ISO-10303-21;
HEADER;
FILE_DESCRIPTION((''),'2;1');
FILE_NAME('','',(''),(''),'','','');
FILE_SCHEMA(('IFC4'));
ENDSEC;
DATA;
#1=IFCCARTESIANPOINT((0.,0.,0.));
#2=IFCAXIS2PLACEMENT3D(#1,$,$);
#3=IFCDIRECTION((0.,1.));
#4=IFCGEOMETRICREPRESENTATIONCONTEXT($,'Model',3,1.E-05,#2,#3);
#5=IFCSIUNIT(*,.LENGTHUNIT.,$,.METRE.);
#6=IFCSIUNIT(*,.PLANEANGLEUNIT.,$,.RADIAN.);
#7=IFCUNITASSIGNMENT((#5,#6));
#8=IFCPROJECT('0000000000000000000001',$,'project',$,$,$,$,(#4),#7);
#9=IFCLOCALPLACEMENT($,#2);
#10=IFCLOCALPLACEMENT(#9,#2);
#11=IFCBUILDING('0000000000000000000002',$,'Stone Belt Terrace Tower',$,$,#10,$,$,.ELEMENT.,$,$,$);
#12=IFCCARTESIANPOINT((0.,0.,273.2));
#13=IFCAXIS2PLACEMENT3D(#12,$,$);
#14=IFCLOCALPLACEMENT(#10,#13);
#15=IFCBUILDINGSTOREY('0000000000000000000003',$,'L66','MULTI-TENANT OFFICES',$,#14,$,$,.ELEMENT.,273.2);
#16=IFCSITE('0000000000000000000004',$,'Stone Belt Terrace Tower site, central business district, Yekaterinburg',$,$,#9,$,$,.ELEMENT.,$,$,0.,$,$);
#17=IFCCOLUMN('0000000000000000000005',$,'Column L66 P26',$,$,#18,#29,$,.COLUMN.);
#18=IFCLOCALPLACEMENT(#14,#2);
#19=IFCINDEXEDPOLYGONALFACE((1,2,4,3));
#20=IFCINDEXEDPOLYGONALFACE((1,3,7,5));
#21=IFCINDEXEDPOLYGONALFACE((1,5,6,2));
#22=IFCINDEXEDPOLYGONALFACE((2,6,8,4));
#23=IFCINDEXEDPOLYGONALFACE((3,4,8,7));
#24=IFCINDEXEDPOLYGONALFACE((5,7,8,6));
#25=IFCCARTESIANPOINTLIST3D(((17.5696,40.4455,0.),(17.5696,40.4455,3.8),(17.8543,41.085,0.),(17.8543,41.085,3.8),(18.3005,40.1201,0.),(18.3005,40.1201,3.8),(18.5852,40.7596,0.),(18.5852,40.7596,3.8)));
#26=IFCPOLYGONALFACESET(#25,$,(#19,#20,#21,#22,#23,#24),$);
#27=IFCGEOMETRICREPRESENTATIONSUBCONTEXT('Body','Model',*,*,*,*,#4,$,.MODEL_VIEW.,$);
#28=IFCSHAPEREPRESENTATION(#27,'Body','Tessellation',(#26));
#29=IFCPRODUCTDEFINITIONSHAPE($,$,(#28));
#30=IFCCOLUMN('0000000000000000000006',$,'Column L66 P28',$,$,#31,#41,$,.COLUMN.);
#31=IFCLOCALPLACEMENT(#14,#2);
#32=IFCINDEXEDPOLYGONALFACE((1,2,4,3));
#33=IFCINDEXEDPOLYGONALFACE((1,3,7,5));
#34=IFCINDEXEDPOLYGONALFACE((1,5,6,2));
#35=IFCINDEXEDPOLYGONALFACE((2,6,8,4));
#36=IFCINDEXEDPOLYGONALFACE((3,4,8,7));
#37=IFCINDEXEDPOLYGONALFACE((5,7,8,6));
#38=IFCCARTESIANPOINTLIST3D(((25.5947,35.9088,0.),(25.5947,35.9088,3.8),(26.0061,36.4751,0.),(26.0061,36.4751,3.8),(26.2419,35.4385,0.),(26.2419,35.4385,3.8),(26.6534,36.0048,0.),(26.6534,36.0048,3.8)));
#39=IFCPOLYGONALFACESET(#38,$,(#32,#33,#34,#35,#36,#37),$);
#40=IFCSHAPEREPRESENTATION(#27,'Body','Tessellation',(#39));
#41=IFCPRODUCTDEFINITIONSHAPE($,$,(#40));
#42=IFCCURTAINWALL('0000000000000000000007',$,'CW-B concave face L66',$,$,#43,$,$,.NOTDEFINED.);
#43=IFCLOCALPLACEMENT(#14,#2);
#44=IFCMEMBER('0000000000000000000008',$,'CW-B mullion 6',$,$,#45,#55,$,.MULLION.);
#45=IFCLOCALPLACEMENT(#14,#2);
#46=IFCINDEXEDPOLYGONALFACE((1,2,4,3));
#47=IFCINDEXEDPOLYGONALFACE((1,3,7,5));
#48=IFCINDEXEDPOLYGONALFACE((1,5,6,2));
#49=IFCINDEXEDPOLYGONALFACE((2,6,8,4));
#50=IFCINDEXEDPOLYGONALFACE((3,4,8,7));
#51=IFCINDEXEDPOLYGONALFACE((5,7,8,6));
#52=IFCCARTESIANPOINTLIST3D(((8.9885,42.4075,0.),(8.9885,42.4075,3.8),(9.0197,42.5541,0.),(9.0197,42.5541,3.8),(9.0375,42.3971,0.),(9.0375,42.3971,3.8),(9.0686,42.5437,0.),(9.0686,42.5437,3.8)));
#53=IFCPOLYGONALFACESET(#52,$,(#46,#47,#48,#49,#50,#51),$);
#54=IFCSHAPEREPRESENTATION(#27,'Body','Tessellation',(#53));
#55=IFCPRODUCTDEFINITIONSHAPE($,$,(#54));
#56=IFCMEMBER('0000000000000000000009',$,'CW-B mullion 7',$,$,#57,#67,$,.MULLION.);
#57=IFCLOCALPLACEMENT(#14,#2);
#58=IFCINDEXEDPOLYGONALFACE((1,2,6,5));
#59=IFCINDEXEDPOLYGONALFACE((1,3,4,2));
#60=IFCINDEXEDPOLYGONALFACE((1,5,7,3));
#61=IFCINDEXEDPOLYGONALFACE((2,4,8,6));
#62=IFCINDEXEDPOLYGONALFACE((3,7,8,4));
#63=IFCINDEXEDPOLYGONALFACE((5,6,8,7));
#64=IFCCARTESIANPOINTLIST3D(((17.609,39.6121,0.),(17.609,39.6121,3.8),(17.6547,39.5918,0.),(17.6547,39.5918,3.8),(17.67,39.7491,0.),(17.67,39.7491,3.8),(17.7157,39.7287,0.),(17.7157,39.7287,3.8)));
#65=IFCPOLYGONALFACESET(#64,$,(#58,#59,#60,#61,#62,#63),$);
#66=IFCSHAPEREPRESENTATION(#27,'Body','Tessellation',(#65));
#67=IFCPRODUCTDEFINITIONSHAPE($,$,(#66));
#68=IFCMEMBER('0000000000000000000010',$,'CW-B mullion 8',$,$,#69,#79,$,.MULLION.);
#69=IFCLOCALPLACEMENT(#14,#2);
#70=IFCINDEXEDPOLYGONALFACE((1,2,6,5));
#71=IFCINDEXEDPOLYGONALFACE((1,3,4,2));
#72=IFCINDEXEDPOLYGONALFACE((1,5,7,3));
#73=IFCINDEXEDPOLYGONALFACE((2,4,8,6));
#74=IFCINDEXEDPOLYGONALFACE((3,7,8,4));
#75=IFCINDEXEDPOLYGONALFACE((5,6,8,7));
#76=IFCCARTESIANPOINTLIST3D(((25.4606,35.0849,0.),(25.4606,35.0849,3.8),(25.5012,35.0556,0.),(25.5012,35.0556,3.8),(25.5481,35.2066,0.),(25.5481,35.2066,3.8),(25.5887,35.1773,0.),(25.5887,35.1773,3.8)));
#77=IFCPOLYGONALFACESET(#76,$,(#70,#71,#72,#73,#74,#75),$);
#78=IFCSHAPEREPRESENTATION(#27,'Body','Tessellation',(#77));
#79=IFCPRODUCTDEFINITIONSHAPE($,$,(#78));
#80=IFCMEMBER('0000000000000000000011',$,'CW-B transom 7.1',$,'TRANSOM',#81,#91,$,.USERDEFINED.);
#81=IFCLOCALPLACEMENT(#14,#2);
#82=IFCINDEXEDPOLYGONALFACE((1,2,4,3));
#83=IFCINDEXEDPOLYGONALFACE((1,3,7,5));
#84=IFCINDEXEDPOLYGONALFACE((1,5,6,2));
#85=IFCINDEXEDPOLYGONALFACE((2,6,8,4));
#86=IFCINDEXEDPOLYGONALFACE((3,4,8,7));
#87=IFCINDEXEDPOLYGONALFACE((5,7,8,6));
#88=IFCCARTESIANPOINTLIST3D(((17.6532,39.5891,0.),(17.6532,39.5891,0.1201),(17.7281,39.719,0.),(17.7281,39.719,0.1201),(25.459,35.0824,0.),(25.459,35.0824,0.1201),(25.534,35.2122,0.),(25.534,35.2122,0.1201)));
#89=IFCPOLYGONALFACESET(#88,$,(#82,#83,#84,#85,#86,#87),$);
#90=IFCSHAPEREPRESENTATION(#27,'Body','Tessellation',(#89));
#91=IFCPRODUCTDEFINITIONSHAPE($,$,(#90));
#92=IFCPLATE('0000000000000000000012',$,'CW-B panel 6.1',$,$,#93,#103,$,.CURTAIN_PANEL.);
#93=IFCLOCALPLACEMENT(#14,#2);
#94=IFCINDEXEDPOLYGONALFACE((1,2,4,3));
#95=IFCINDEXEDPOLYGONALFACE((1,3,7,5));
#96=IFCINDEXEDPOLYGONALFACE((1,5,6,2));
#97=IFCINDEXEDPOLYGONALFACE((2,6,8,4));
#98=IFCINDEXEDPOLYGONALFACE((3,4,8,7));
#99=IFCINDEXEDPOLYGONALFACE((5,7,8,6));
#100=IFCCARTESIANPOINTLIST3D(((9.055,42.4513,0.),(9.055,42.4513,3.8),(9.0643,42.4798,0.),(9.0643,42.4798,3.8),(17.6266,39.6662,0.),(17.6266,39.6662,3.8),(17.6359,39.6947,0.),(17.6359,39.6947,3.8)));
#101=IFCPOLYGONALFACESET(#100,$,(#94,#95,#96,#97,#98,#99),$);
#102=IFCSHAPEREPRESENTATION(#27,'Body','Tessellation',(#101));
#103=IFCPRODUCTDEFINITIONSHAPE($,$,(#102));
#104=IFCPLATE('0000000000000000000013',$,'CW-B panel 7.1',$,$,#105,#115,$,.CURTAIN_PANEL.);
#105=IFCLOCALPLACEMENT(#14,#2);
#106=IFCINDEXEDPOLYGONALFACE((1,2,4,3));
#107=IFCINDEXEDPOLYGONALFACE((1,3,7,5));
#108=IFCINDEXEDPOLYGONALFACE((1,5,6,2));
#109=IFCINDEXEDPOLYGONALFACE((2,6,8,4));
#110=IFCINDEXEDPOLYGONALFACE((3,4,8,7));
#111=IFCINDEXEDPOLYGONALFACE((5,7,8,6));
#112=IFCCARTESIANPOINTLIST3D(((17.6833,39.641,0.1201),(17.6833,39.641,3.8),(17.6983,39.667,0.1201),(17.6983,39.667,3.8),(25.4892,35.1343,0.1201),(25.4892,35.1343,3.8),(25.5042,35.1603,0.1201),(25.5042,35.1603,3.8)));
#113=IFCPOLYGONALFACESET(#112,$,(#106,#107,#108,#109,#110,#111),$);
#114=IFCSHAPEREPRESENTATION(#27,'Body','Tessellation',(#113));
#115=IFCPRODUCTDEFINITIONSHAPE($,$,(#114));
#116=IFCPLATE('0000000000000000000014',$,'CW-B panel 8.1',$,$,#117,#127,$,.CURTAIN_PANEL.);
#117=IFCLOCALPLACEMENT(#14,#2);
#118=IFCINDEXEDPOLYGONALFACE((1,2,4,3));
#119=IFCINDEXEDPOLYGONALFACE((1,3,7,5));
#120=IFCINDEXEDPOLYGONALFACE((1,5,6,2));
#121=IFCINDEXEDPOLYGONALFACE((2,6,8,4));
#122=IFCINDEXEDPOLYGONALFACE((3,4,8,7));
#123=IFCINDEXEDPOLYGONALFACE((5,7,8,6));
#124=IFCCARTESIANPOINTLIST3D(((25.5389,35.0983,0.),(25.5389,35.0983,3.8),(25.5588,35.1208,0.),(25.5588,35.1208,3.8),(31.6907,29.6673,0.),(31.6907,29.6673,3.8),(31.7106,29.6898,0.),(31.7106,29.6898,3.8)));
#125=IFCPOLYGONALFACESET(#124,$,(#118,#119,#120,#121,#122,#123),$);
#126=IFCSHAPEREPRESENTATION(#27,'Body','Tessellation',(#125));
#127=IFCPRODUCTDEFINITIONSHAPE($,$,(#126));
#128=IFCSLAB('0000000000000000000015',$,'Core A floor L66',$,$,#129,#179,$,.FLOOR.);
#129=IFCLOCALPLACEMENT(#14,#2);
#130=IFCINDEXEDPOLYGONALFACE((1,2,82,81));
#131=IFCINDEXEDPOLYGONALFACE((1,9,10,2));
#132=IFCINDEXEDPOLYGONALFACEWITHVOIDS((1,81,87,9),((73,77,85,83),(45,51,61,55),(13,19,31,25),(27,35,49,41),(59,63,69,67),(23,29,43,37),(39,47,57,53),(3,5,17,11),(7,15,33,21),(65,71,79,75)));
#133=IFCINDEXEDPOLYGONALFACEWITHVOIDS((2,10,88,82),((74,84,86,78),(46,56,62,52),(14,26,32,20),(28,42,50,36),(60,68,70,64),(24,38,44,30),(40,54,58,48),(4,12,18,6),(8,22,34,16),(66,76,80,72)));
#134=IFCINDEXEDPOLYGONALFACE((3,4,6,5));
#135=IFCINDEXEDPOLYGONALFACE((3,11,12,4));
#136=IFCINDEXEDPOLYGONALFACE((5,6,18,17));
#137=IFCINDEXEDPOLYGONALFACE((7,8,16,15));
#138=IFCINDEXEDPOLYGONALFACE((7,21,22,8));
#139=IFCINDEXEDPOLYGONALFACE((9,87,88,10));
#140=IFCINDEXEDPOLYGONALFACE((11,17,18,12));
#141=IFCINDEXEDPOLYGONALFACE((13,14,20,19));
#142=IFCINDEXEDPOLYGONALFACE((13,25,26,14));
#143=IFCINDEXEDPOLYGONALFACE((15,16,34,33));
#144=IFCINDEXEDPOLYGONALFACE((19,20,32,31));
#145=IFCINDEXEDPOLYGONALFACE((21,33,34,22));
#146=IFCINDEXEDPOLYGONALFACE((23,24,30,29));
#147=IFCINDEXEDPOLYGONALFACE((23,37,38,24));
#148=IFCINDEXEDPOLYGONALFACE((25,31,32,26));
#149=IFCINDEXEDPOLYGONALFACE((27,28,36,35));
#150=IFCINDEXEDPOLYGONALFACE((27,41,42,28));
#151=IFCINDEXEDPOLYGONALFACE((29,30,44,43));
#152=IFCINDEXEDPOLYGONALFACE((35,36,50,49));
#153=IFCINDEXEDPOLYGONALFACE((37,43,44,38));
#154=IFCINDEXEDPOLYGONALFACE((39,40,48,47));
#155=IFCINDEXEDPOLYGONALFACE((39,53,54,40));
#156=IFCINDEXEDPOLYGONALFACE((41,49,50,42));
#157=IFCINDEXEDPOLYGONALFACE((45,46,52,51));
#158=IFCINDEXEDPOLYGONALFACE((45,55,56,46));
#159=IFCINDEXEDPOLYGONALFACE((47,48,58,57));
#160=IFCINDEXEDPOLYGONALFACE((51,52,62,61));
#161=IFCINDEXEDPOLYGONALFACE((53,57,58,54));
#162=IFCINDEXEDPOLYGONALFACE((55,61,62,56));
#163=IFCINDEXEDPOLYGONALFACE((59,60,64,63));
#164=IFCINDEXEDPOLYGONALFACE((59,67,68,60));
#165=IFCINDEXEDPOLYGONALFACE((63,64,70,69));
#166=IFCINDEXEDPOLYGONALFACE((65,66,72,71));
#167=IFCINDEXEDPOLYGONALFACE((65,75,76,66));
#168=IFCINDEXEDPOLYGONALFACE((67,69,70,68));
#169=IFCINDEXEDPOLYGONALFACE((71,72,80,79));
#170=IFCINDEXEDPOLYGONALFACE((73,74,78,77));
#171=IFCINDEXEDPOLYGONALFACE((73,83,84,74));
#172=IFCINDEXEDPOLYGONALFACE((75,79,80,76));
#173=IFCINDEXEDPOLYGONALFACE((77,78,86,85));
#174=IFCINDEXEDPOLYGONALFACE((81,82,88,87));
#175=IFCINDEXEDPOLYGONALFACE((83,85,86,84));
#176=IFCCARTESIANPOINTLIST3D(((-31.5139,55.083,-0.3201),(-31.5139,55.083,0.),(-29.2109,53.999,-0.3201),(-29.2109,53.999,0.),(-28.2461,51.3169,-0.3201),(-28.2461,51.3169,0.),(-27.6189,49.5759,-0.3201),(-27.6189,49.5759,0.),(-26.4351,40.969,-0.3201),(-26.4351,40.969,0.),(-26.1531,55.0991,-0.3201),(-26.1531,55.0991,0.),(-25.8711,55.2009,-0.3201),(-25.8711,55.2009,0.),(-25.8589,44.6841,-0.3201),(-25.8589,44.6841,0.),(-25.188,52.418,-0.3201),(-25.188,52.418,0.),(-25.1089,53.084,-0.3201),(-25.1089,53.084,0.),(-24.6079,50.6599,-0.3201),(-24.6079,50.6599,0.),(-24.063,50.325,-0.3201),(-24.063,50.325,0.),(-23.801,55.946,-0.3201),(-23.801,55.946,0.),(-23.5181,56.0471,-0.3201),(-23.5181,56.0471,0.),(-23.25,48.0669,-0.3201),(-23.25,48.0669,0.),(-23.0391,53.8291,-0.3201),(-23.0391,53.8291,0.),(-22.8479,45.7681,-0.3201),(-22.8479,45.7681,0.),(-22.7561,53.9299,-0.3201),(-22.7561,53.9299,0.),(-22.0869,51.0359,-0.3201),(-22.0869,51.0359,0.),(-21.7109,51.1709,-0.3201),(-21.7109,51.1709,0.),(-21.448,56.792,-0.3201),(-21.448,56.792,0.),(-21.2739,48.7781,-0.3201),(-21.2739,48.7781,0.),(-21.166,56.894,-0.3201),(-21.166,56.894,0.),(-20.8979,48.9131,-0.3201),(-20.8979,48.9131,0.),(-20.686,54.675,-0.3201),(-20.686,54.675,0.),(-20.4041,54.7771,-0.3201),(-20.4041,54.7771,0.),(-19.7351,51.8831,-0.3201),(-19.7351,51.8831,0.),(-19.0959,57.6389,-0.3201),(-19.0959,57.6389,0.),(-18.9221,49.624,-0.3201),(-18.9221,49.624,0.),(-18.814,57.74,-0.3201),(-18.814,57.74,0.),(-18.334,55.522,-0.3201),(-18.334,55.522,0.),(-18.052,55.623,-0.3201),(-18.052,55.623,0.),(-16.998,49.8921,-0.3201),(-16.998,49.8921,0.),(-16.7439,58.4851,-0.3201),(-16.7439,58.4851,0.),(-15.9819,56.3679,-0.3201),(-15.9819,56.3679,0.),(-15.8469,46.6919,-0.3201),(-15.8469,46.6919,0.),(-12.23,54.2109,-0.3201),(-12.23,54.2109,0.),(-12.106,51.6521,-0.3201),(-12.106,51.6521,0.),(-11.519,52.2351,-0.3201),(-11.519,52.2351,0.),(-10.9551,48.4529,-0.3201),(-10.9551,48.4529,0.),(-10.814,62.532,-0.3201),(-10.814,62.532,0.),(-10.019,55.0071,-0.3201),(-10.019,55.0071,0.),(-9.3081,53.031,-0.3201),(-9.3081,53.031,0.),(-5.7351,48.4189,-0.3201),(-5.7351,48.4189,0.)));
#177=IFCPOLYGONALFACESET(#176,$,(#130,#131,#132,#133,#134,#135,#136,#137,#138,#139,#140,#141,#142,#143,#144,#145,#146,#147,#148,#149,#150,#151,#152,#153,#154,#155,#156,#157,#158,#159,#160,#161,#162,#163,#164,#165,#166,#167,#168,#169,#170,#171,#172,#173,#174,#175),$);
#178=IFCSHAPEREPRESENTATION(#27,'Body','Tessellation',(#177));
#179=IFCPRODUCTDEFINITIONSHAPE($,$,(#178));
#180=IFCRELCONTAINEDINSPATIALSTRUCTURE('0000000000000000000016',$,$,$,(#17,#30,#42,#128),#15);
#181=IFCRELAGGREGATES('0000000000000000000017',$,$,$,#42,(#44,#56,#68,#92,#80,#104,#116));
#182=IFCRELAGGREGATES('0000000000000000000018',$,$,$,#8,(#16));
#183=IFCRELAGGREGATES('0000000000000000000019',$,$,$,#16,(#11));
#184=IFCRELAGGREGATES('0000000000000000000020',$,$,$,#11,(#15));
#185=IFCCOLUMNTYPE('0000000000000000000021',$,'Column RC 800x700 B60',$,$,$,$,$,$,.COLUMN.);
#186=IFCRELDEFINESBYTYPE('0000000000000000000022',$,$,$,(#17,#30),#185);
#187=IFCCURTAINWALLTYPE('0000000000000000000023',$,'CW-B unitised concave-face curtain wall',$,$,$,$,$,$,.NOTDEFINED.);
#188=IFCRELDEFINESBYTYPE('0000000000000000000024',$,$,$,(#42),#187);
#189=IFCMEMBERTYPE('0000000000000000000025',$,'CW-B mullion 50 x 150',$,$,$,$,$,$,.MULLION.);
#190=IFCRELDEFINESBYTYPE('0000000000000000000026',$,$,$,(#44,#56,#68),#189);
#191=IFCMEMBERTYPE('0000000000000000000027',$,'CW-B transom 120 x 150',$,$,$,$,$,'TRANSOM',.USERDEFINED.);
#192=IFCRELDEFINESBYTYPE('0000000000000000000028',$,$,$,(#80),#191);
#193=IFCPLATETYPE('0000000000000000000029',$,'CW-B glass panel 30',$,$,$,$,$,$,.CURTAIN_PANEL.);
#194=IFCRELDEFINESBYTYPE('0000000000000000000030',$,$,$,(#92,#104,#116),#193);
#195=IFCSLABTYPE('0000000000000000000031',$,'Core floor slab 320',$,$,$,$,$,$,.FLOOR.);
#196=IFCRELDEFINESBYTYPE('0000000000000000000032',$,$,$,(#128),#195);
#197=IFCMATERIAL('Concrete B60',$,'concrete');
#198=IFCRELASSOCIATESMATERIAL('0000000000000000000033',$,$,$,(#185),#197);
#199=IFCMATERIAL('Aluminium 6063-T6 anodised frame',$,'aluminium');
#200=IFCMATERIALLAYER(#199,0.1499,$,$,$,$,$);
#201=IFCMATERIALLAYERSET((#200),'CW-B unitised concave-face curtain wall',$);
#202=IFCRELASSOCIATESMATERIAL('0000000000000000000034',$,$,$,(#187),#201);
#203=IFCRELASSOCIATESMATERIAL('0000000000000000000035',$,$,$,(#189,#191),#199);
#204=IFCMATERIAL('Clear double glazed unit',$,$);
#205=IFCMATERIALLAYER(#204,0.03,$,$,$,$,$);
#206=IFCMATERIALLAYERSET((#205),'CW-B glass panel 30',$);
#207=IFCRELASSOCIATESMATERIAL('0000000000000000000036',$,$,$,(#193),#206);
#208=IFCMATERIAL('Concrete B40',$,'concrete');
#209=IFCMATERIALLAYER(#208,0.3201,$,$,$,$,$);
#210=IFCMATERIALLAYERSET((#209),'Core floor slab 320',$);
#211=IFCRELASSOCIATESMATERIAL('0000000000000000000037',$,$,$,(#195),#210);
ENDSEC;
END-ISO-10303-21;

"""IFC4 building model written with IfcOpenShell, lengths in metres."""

from ifc_helpers import new_model, si_unit, direction, frame, origin, origin_2d, place, context, subcontext, project, spatial, polyline, rectangle, outline, extrude, material, layer, layer_set, material_profile, profile_set, type_object, element, aggregate, save


model = new_model("IFC4")

# Units and contexts
model_context = context("Model", 3, precision=1e-05, world=origin(), true_north=direction((0.0, 1.0)))
body_context = subcontext(model_context, "Body", "Model", "MODEL_VIEW")
ifc_project = project(units=[si_unit("LENGTHUNIT", "METRE"), si_unit("PLANEANGLEUNIT", "RADIAN")], contexts=[model_context])

# Site, building, storey
site_placement = place(None, origin())
site = spatial("IfcSite", under=ifc_project, at=site_placement, Name="Stone Belt Terrace Tower site, central business district, Yekaterinburg", CompositionType="ELEMENT", RefElevation=0.0)
building_placement = place(site_placement, origin())
building = spatial("IfcBuilding", under=site, at=building_placement, Name="Stone Belt Terrace Tower", CompositionType="ELEMENT")
storey_placement = place(building_placement, frame((0.0, 0.0, 273.2)))
storey = spatial("IfcBuildingStorey", under=building, at=storey_placement, Name="L66", Description="MULTI-TENANT OFFICES", CompositionType="ELEMENT", Elevation=273.2)

# Columns
ifc_material_1 = material(Name="Concrete B60", Category="concrete")
ifc_material_profile_1 = material_profile(ifc_material_1, rectangle(XDim=0.8, YDim=0.7, at=origin_2d()), Name="RC 800x700")
ifc_profile_set_1 = profile_set([ifc_material_profile_1], Name="Concrete B60")
column_type = type_object("IfcColumnType", Name="Column RC 800x700 B60", PredefinedType="COLUMN", material=ifc_profile_set_1)
for number, where, z_axis, x_axis, name in (
    (1, (18.0774, 40.6025, 0.0), (0.0, 0.0, 1.0), (0.913545, -0.406737, 0.0), "Column L66 P26"),
    (2, (26.124, 35.9568, 0.0), (0.0, 0.0, 1.0), (0.809017, -0.587785, 0.0), "Column L66 P28"),
):
    element("IfcColumn", number, at=place(storey_placement, frame(where, z_axis=z_axis, x_axis=x_axis)), inside=storey, type_object=column_type, Name=name, PredefinedType="COLUMN", context=body_context, shape_type="SweptSolid", body=[
        extrude(rectangle(XDim=0.8, YDim=0.7, at=origin_2d()), origin(), (0.0, 0.0, 1.0), 3.8),
    ])

# Curtain wall, members, plates
ifc_material_2 = material(Name="Aluminium 6063-T6 anodised frame", Category="aluminium")
ifc_layer_1 = layer(ifc_material_2, 0.1499)
ifc_layer_set_1 = layer_set([ifc_layer_1], Name="CW-B unitised concave-face curtain wall")
curtain_wall_type = type_object("IfcCurtainWallType", Name="CW-B unitised concave-face curtain wall", PredefinedType="NOTDEFINED", material=ifc_layer_set_1)
curtain_wall_placement = place(storey_placement, origin())
curtain_wall = element("IfcCurtainWall", 3, at=curtain_wall_placement, inside=storey, type_object=curtain_wall_type, Name="CW-B concave face L66", PredefinedType="NOTDEFINED")
ifc_material_profile_2 = material_profile(ifc_material_2, rectangle(XDim=0.1499, YDim=0.05, at=origin_2d()), Name="Aluminium 6063-T6 50x150")
ifc_profile_set_2 = profile_set([ifc_material_profile_2], Name="Aluminium 6063-T6 anodised frame")
member_type_1 = type_object("IfcMemberType", Name="CW-B mullion 50 x 150", PredefinedType="MULLION", material=ifc_profile_set_2)
member_1_placement = place(storey_placement, frame((9.0286, 42.4756, 0.0), z_axis=(0.0, 0.0, 1.0), x_axis=(0.207912, 0.978148, 0.0)))
member_1 = element("IfcMember", 4, at=member_1_placement, type_object=member_type_1, Name="CW-B mullion 6", PredefinedType="MULLION", context=body_context, shape_type="SweptSolid", body=[
    extrude(rectangle(XDim=0.1499, YDim=0.05, at=origin_2d()), origin(), (0.0, 0.0, 1.0), 3.8),
])
member_2_placement = place(storey_placement, frame((17.6624, 39.6704, 0.0), z_axis=(0.0, 0.0, 1.0), x_axis=(0.406737, 0.913545, 0.0)))
member_2 = element("IfcMember", 5, at=member_2_placement, type_object=member_type_1, Name="CW-B mullion 7", PredefinedType="MULLION", context=body_context, shape_type="SweptSolid", body=[
    extrude(rectangle(XDim=0.1499, YDim=0.05, at=origin_2d()), origin(), (0.0, 0.0, 1.0), 3.8),
])
member_3_placement = place(storey_placement, frame((25.5247, 35.1311, 0.0), z_axis=(0.0, 0.0, 1.0), x_axis=(0.583819, 0.811884, 0.0)))
member_3 = element("IfcMember", 6, at=member_3_placement, type_object=member_type_1, Name="CW-B mullion 8", PredefinedType="MULLION", context=body_context, shape_type="SweptSolid", body=[
    extrude(rectangle(XDim=0.1499, YDim=0.05, at=origin_2d()), origin(), (0.0, 0.0, 1.0), 3.8),
])
ifc_material_profile_3 = material_profile(ifc_material_2, rectangle(XDim=0.1499, YDim=0.1201, at=origin_2d()), Name="Aluminium 6063-T6 150x120")
ifc_profile_set_3 = profile_set([ifc_material_profile_3], Name="Aluminium 6063-T6 anodised frame")
member_type_2 = type_object("IfcMemberType", Name="CW-B transom 120 x 150", ElementType="TRANSOM", PredefinedType="USERDEFINED", material=ifc_profile_set_3)
member_4_placement = place(storey_placement, frame((17.6907, 39.6541, 0.0601), z_axis=(0.866021, -0.500008, 0.0), x_axis=(0.500008, 0.866021, 0.0)))
member_4 = element("IfcMember", 7, at=member_4_placement, type_object=member_type_2, Name="CW-B transom 7.1", ObjectType="TRANSOM", PredefinedType="USERDEFINED", context=body_context, shape_type="SweptSolid", body=[
    extrude(rectangle(XDim=0.1499, YDim=0.1201, at=origin_2d()), origin(), (0.0, 0.0, 1.0), 9.0134),
])
ifc_material_3 = material(Name="Clear double glazed unit")
ifc_layer_2 = layer(ifc_material_3, 0.03)
ifc_layer_set_2 = layer_set([ifc_layer_2], Name="CW-B glass panel 30")
plate_type = type_object("IfcPlateType", Name="CW-B glass panel 30", PredefinedType="CURTAIN_PANEL", material=ifc_layer_set_2)
plate_1_placement = place(storey_placement, frame((13.3455, 41.073, 0.0), z_axis=(0.0, 0.0, 1.0), x_axis=(0.951057, -0.309017, 0.0)))
plate_1 = element("IfcPlate", 8, at=plate_1_placement, type_object=plate_type, Name="CW-B panel 6.1", PredefinedType="CURTAIN_PANEL", context=body_context, shape_type="SweptSolid", body=[
    extrude(rectangle(XDim=9.0127, YDim=0.03, at=origin_2d()), origin(), (0.0, 0.0, 1.0), 3.8),
])
plate_2_placement = place(storey_placement, frame((21.5938, 37.4006, 0.1201), z_axis=(0.0, 0.0, 1.0), x_axis=(0.866025, -0.5, 0.0)))
plate_2 = element("IfcPlate", 9, at=plate_2_placement, type_object=plate_type, Name="CW-B panel 7.1", PredefinedType="CURTAIN_PANEL", context=body_context, shape_type="SweptSolid", body=[
    extrude(rectangle(XDim=9.0134, YDim=0.03, at=origin_2d()), origin(), (0.0, 0.0, 1.0), 3.6799),
])
plate_3_placement = place(storey_placement, frame((28.6248, 32.394, 0.0), z_axis=(0.0, 0.0, 1.0), x_axis=(0.749659, -0.661825, 0.0)))
plate_3 = element("IfcPlate", 10, at=plate_3_placement, type_object=plate_type, Name="CW-B panel 8.1", PredefinedType="CURTAIN_PANEL", context=body_context, shape_type="SweptSolid", body=[
    extrude(rectangle(XDim=8.2061, YDim=0.03, at=origin_2d()), origin(), (0.0, 0.0, 1.0), 3.8),
])
aggregate(curtain_wall, [member_1, member_2, member_3, plate_1, member_4, plate_2, plate_3])

# Slab
ifc_material_4 = material(Name="Concrete B40", Category="concrete")
ifc_layer_3 = layer(ifc_material_4, 0.3201)
ifc_layer_set_3 = layer_set([ifc_layer_3], Name="Core floor slab 320")
slab_type_1 = type_object("IfcSlabType", Name="Core floor slab 320", PredefinedType="FLOOR", material=ifc_layer_set_3)
slab_1_placement = place(storey_placement, frame((0.0, 0.0, -0.3201)))
element("IfcSlab", 11, at=slab_1_placement, inside=storey, type_object=slab_type_1, Name="Core A floor L66", PredefinedType="FLOOR", context=body_context, shape_type="SweptSolid", body=[
    extrude(outline(polyline([(-26.4351, 40.969), (-5.7351, 48.4189), (-10.814, 62.532), (-31.5139, 55.083), (-26.4351, 40.969)]), holes=[polyline([(-24.6079, 50.6599), (-22.8479, 45.7681), (-25.8589, 44.6841), (-27.6189, 49.5759), (-24.6079, 50.6599)]), polyline([(-10.9551, 48.4529), (-15.8469, 46.6919), (-16.998, 49.8921), (-12.106, 51.6521), (-10.9551, 48.4529)]), polyline([(-22.0869, 51.0359), (-21.2739, 48.7781), (-23.25, 48.0669), (-24.063, 50.325), (-22.0869, 51.0359)]), polyline([(-18.9221, 49.624), (-20.8979, 48.9131), (-21.7109, 51.1709), (-19.7351, 51.8831), (-18.9221, 49.624)]), polyline([(-29.2109, 53.999), (-26.1531, 55.0991), (-25.188, 52.418), (-28.2461, 51.3169), (-29.2109, 53.999)]), polyline([(-10.019, 55.0071), (-9.3081, 53.031), (-11.519, 52.2351), (-12.23, 54.2109), (-10.019, 55.0071)]), polyline([(-25.8711, 55.2009), (-23.801, 55.946), (-23.0391, 53.8291), (-25.1089, 53.084), (-25.8711, 55.2009)]), polyline([(-23.5181, 56.0471), (-21.448, 56.792), (-20.686, 54.675), (-22.7561, 53.9299), (-23.5181, 56.0471)]), polyline([(-19.0959, 57.6389), (-18.334, 55.522), (-20.4041, 54.7771), (-21.166, 56.894), (-19.0959, 57.6389)]), polyline([(-16.7439, 58.4851), (-15.9819, 56.3679), (-18.052, 55.623), (-18.814, 57.74), (-16.7439, 58.4851)])]), origin(), (0.0, 0.0, 1.0), 0.3201),
])

save(model, "model.ifc")
